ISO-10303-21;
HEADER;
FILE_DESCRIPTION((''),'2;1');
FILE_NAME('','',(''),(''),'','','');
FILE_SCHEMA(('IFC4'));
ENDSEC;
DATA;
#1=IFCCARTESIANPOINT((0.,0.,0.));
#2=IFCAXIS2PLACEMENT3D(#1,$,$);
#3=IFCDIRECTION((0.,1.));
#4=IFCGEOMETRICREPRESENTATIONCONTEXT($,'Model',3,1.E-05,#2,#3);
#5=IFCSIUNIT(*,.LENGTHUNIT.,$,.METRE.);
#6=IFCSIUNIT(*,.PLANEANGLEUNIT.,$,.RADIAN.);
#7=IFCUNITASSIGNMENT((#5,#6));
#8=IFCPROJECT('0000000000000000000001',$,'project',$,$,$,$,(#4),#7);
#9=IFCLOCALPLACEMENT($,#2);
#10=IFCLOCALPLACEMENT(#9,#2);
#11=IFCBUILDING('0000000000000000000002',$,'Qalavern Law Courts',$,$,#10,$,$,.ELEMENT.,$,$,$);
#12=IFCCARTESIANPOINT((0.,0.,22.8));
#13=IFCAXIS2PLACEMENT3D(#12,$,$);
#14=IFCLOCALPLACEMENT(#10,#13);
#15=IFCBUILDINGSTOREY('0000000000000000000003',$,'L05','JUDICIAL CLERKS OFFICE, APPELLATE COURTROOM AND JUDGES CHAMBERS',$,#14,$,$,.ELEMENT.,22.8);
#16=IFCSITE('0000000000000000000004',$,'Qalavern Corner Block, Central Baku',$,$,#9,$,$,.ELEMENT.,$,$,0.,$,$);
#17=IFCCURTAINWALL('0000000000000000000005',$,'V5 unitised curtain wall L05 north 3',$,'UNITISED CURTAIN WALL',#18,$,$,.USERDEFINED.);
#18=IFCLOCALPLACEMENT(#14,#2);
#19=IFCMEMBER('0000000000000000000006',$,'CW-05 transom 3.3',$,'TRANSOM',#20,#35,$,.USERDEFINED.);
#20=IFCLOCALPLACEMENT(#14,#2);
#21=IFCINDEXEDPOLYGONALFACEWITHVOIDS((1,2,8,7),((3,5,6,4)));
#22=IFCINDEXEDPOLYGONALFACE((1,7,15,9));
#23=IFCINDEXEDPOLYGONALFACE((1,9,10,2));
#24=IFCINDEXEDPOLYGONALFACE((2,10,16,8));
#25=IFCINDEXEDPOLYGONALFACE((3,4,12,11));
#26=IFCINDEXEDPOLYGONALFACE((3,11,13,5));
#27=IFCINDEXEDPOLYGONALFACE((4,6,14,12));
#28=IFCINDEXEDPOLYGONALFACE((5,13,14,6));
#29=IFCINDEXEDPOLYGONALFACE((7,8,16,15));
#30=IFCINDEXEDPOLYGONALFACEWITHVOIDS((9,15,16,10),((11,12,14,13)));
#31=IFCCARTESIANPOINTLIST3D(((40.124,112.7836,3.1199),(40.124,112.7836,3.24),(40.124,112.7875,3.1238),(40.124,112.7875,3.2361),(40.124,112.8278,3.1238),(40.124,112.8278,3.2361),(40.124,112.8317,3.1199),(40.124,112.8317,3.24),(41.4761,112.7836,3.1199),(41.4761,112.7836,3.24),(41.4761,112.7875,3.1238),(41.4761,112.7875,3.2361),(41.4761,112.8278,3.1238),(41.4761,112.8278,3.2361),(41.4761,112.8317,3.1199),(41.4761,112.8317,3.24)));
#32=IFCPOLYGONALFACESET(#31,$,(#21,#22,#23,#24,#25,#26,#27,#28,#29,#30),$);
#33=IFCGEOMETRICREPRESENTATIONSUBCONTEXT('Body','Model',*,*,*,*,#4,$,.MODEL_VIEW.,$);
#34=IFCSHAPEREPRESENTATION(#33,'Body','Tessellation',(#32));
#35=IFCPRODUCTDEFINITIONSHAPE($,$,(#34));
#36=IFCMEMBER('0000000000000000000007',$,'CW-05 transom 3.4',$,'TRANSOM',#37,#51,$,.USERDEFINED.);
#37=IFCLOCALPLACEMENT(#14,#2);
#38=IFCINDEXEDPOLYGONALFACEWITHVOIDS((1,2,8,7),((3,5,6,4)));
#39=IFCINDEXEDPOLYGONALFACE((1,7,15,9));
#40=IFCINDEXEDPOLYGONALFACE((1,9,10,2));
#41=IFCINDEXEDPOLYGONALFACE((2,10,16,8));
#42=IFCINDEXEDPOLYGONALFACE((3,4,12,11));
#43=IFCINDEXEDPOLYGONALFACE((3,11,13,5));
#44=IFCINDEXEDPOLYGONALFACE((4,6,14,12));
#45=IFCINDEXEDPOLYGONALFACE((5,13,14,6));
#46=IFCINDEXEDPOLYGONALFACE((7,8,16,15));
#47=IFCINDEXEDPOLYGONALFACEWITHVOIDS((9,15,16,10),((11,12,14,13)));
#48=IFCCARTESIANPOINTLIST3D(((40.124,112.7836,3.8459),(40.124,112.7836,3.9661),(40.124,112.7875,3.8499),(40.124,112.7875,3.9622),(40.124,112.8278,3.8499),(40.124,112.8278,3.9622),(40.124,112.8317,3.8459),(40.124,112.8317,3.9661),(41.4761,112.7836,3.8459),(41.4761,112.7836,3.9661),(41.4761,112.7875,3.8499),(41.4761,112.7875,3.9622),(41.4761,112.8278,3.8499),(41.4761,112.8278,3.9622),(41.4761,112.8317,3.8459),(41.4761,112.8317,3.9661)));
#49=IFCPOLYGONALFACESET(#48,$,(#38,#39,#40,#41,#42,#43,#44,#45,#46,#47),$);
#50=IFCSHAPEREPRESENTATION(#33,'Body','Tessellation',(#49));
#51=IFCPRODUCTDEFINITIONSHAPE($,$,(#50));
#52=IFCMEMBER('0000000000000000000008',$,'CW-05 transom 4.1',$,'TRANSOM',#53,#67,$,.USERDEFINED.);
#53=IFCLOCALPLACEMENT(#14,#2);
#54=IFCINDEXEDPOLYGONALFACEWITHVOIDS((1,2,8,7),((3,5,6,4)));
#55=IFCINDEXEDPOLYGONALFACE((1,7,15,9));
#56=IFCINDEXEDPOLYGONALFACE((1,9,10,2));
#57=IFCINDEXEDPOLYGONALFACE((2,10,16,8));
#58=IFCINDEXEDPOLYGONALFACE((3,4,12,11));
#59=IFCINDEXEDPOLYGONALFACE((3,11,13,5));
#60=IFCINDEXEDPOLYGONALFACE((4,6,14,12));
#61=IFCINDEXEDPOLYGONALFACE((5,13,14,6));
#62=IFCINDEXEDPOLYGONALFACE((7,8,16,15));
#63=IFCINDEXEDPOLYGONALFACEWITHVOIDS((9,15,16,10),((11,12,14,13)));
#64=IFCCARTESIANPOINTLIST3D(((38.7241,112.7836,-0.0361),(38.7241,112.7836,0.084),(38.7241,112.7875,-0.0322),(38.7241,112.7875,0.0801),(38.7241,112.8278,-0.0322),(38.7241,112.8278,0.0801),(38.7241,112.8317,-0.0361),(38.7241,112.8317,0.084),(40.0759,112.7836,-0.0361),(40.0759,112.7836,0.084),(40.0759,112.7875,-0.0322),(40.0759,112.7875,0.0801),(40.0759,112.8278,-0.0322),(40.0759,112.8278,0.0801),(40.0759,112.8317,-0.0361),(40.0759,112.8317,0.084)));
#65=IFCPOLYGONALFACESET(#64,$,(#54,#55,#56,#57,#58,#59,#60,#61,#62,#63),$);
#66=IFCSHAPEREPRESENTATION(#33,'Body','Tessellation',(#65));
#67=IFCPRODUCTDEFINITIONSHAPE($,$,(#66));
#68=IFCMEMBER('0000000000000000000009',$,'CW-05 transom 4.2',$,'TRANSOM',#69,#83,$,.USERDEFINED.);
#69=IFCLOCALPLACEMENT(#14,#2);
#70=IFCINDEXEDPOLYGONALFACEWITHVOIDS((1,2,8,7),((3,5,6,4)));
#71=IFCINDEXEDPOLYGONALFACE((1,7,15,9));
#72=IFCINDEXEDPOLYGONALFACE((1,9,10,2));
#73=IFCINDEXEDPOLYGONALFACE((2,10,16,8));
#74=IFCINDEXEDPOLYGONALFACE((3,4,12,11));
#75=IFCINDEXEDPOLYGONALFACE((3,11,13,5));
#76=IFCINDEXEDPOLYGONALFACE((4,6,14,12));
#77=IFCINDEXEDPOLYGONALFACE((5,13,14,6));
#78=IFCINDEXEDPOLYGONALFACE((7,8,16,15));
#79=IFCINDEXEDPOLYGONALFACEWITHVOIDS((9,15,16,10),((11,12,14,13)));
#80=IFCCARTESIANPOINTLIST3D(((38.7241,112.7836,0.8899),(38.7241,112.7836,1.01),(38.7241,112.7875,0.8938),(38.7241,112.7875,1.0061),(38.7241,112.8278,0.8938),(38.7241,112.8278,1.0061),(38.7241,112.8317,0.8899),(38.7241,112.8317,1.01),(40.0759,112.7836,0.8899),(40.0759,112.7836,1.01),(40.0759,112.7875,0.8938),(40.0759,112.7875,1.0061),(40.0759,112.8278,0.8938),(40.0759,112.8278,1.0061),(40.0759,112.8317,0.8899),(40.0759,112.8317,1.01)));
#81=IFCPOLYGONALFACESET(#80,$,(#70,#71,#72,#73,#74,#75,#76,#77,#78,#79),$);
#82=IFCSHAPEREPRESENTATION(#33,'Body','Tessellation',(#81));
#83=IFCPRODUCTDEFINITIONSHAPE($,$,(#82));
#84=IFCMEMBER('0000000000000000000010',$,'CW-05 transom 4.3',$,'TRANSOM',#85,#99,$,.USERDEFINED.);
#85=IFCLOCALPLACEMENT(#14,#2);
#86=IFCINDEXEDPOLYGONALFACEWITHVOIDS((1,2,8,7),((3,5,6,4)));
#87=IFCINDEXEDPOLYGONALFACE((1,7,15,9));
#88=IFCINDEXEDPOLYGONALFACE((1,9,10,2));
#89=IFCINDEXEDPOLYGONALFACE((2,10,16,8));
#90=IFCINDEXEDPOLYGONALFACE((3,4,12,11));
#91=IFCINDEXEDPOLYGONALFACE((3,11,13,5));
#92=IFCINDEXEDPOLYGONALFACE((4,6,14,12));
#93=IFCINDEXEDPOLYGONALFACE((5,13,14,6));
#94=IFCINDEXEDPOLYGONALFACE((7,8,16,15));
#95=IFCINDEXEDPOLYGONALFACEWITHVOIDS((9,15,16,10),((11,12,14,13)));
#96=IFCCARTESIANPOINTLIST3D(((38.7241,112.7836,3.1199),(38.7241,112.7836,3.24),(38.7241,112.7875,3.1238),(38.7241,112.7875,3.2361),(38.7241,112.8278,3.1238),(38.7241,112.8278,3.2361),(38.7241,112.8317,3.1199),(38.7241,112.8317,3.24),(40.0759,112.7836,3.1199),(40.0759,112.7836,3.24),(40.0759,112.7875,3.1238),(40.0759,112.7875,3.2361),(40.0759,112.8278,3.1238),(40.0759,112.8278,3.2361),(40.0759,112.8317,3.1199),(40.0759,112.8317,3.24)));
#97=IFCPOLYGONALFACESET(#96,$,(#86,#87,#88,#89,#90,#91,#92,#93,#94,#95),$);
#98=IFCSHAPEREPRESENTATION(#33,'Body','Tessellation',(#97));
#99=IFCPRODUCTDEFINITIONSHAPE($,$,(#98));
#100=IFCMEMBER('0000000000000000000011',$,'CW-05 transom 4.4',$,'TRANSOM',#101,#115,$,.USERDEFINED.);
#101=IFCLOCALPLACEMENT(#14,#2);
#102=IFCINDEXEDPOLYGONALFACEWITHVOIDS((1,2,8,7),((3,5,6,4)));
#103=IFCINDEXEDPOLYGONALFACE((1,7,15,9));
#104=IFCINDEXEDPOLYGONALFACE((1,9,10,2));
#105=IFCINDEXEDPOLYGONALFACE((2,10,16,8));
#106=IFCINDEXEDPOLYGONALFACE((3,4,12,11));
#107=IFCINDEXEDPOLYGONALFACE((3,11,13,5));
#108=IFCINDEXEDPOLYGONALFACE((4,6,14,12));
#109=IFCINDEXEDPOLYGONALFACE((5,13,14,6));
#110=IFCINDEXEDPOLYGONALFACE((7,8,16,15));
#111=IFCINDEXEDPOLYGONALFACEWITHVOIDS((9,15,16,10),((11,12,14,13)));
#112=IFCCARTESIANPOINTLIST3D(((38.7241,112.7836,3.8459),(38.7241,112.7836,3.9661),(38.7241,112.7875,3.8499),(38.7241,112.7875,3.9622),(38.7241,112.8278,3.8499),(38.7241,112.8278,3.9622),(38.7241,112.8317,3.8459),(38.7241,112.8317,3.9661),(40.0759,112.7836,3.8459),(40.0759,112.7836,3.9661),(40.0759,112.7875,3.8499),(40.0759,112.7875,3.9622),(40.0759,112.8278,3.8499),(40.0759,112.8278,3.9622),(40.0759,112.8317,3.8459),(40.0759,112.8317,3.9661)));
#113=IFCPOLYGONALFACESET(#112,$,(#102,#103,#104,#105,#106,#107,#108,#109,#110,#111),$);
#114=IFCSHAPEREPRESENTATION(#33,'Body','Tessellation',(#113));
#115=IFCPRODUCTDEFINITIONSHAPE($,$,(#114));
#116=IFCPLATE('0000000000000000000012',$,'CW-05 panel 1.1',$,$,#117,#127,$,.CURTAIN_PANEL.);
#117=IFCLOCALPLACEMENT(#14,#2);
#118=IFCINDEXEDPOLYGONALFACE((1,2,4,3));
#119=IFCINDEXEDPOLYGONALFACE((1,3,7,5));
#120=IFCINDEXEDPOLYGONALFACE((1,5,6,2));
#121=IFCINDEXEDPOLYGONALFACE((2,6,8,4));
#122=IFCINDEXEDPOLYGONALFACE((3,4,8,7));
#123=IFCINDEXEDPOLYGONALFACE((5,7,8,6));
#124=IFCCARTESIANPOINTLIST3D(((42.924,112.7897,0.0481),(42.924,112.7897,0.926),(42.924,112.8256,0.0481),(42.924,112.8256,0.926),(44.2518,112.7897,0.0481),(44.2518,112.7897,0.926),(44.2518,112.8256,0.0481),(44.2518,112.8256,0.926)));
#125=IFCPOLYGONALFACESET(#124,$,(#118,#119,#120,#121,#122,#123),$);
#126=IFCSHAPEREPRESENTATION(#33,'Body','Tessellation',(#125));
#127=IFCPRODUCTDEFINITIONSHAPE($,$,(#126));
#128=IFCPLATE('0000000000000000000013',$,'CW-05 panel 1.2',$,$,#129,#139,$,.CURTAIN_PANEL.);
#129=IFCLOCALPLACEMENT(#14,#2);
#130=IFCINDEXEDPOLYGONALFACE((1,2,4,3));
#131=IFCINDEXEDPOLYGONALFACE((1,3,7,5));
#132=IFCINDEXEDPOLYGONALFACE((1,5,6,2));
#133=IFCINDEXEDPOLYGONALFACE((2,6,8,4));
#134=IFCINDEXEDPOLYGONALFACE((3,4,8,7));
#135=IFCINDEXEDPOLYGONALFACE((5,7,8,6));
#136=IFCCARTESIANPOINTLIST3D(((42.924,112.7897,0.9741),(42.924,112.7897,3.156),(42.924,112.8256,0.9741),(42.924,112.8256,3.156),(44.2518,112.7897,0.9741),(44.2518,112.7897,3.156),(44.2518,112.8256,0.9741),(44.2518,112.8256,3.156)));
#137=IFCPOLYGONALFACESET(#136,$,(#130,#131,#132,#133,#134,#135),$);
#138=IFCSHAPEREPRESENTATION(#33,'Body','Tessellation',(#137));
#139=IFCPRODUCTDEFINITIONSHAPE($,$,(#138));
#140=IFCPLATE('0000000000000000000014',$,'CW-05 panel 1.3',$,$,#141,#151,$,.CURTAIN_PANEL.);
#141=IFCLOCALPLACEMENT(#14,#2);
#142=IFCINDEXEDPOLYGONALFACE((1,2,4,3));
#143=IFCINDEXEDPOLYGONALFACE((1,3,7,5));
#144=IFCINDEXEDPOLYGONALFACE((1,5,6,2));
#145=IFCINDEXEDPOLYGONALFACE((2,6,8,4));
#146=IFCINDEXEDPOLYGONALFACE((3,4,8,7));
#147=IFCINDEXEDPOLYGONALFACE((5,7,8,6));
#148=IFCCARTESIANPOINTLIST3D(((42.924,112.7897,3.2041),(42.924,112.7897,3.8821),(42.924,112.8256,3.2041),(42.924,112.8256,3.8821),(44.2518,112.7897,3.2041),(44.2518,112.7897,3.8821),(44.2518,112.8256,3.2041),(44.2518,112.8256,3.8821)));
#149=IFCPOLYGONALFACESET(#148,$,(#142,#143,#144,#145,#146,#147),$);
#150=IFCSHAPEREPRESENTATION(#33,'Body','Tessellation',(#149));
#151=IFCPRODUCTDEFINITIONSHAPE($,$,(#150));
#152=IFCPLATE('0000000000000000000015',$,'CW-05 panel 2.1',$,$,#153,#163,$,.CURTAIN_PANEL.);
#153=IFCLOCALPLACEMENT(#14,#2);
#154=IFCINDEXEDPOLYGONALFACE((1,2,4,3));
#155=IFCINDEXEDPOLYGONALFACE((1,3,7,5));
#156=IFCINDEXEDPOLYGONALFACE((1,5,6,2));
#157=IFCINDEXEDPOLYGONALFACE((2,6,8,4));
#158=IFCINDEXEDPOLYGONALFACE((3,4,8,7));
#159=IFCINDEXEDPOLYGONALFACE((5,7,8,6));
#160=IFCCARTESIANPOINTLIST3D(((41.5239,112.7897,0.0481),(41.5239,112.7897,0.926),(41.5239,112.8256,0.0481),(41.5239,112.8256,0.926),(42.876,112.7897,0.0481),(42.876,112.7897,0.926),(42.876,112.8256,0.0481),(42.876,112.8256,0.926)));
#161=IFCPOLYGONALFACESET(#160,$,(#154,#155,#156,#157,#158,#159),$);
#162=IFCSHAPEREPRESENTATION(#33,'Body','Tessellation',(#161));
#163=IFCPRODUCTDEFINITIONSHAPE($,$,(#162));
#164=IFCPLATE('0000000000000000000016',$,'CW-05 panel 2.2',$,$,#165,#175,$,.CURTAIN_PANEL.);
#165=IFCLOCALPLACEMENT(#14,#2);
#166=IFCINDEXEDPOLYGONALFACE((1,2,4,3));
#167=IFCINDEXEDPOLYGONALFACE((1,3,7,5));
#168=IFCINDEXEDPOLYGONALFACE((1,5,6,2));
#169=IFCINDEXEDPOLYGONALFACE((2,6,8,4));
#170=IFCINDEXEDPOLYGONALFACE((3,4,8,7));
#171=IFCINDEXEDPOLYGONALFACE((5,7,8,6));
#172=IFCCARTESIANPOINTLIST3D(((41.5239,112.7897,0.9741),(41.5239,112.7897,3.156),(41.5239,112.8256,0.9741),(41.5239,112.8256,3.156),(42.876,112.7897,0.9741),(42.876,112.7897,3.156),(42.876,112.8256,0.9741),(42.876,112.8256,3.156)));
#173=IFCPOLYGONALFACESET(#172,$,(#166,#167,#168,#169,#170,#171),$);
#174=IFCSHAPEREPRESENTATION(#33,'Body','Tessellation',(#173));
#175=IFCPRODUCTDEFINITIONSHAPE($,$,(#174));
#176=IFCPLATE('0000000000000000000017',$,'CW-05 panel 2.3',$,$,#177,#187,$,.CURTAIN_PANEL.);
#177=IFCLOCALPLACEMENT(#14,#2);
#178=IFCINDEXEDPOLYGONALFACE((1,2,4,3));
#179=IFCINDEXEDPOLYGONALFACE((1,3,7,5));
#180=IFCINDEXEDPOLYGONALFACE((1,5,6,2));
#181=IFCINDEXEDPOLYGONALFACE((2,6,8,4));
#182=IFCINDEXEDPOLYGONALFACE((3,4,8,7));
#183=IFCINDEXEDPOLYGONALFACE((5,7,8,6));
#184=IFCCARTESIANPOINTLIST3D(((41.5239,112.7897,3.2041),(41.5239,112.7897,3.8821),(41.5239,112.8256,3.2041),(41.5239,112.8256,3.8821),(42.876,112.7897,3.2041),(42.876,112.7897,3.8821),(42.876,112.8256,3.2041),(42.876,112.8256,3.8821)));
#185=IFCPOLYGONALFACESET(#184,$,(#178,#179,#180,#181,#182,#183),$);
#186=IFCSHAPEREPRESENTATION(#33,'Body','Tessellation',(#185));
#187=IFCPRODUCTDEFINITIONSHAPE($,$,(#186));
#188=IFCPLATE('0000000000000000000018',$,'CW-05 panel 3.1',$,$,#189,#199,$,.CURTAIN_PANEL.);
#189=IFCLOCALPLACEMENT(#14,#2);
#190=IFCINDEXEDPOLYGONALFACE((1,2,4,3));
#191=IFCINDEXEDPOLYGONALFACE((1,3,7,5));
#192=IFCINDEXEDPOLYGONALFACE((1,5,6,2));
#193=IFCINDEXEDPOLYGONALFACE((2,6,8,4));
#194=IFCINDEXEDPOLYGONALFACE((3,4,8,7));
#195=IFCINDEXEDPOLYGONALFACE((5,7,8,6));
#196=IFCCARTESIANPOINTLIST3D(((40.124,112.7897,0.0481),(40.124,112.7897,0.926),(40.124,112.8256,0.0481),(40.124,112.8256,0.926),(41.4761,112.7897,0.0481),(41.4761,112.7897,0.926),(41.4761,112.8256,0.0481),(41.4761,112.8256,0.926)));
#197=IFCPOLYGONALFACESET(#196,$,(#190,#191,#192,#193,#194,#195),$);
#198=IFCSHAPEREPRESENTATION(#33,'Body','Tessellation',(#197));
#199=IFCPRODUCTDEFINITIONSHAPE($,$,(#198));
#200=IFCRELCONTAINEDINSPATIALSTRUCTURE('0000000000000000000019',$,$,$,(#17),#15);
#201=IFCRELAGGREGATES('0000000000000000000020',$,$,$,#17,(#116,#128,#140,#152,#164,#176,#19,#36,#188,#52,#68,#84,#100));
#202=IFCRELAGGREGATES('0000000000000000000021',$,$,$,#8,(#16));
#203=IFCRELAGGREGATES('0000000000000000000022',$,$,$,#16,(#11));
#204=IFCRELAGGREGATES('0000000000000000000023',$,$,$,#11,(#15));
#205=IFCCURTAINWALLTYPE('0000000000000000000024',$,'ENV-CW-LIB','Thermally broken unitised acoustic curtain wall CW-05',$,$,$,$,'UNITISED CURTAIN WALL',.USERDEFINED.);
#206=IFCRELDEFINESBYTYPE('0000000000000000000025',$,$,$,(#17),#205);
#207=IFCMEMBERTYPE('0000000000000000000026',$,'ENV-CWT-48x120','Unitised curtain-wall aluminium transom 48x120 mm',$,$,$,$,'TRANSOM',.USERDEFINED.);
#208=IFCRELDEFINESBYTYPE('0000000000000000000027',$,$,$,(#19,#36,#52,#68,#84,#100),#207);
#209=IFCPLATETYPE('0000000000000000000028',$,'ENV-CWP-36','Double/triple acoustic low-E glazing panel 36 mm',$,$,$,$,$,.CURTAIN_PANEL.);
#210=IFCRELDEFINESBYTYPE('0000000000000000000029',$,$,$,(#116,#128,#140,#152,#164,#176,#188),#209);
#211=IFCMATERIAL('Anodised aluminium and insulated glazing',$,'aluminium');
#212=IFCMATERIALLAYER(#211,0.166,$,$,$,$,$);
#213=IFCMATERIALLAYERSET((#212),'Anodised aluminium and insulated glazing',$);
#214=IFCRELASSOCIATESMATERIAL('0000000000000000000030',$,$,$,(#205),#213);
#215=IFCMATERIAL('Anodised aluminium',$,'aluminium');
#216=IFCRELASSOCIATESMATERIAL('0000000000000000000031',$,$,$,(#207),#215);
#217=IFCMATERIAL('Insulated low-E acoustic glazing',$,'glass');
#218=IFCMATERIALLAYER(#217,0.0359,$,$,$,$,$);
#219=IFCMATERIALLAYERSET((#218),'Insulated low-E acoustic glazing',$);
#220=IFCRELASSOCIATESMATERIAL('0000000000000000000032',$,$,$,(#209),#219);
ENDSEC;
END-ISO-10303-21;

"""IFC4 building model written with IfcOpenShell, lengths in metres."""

from ifc_helpers import new_model, si_unit, direction, frame, origin, origin_2d, place, context, subcontext, project, spatial, rectangle, hollow_rectangle, extrude, material, layer, layer_set, material_profile, profile_set, type_object, element, aggregate, save


model = new_model("IFC4")

# Units and contexts
model_context = context("Model", 3, precision=1e-05, world=origin(), true_north=direction((0.0, 1.0)))
body_context = subcontext(model_context, "Body", "Model", "MODEL_VIEW")
ifc_project = project(units=[si_unit("LENGTHUNIT", "METRE"), si_unit("PLANEANGLEUNIT", "RADIAN")], contexts=[model_context])

# Site, building, storey
site_placement = place(None, origin())
site = spatial("IfcSite", under=ifc_project, at=site_placement, Name="Qalavern Corner Block, Central Baku", CompositionType="ELEMENT", RefElevation=0.0)
building_placement = place(site_placement, origin())
building = spatial("IfcBuilding", under=site, at=building_placement, Name="Qalavern Law Courts", CompositionType="ELEMENT")
storey_placement = place(building_placement, frame((0.0, 0.0, 22.8)))
storey = spatial("IfcBuildingStorey", under=building, at=storey_placement, Name="L05", Description="JUDICIAL CLERKS OFFICE, APPELLATE COURTROOM AND JUDGES CHAMBERS", CompositionType="ELEMENT", Elevation=22.8)

# Curtain wall, members, plates
ifc_material_1 = material(Name="Anodised aluminium and insulated glazing", Category="aluminium")
ifc_layer_1 = layer(ifc_material_1, 0.166)
ifc_layer_set_1 = layer_set([ifc_layer_1], Name="Anodised aluminium and insulated glazing")
curtain_wall_type = type_object("IfcCurtainWallType", Name="ENV-CW-LIB", Description="Thermally broken unitised acoustic curtain wall CW-05", ElementType="UNITISED CURTAIN WALL", PredefinedType="USERDEFINED", material=ifc_layer_set_1)
curtain_wall_placement = place(storey_placement, origin())
curtain_wall = element("IfcCurtainWall", 1, at=curtain_wall_placement, inside=storey, type_object=curtain_wall_type, Name="V5 unitised curtain wall L05 north 3", ObjectType="UNITISED CURTAIN WALL", PredefinedType="USERDEFINED")
ifc_material_2 = material(Name="Anodised aluminium", Category="aluminium")
ifc_material_profile_1 = material_profile(ifc_material_2, hollow_rectangle(XDim=0.0481, YDim=0.1201, WallThickness=0.0039, at=origin_2d()), Name="ALU TRANSOM 48x120")
ifc_profile_set_1 = profile_set([ifc_material_profile_1], Name="Anodised aluminium")
member_type_1 = type_object("IfcMemberType", Name="ENV-CWT-48x120", Description="Unitised curtain-wall aluminium transom 48x120 mm", ElementType="TRANSOM", PredefinedType="USERDEFINED", material=ifc_profile_set_1)
member_1_placement = place(storey_placement, frame((41.4761, 112.8076, 3.1799), z_axis=(-1.0, 0.0, 0.0), x_axis=(0.0, -1.0, 0.0)))
member_1 = element("IfcMember", 2, at=member_1_placement, type_object=member_type_1, Name="CW-05 transom 3.3", ObjectType="TRANSOM", PredefinedType="USERDEFINED", context=body_context, shape_type="SweptSolid", body=[
    extrude(hollow_rectangle(XDim=0.0481, YDim=0.1201, WallThickness=0.0039, at=origin_2d()), origin(), (0.0, 0.0, 1.0), 1.3521),
])
member_2_placement = place(storey_placement, frame((41.4761, 112.8076, 3.906), z_axis=(-1.0, 0.0, 0.0), x_axis=(0.0, -1.0, 0.0)))
member_2 = element("IfcMember", 3, at=member_2_placement, type_object=member_type_1, Name="CW-05 transom 3.4", ObjectType="TRANSOM", PredefinedType="USERDEFINED", context=body_context, shape_type="SweptSolid", body=[
    extrude(hollow_rectangle(XDim=0.0481, YDim=0.1201, WallThickness=0.0039, at=origin_2d()), origin(), (0.0, 0.0, 1.0), 1.3521),
])
member_3_placement = place(storey_placement, frame((40.0759, 112.8076, 0.0239), z_axis=(-1.0, 0.0, 0.0), x_axis=(0.0, -1.0, 0.0)))
member_3 = element("IfcMember", 4, at=member_3_placement, type_object=member_type_1, Name="CW-05 transom 4.1", ObjectType="TRANSOM", PredefinedType="USERDEFINED", context=body_context, shape_type="SweptSolid", body=[
    extrude(hollow_rectangle(XDim=0.0481, YDim=0.1201, WallThickness=0.0039, at=origin_2d()), origin(), (0.0, 0.0, 1.0), 1.3518),
])
member_4_placement = place(storey_placement, frame((40.0759, 112.8076, 0.95), z_axis=(-1.0, 0.0, 0.0), x_axis=(0.0, -1.0, 0.0)))
member_4 = element("IfcMember", 5, at=member_4_placement, type_object=member_type_1, Name="CW-05 transom 4.2", ObjectType="TRANSOM", PredefinedType="USERDEFINED", context=body_context, shape_type="SweptSolid", body=[
    extrude(hollow_rectangle(XDim=0.0481, YDim=0.1201, WallThickness=0.0039, at=origin_2d()), origin(), (0.0, 0.0, 1.0), 1.3518),
])
member_5_placement = place(storey_placement, frame((40.0759, 112.8076, 3.1799), z_axis=(-1.0, 0.0, 0.0), x_axis=(0.0, -1.0, 0.0)))
member_5 = element("IfcMember", 6, at=member_5_placement, type_object=member_type_1, Name="CW-05 transom 4.3", ObjectType="TRANSOM", PredefinedType="USERDEFINED", context=body_context, shape_type="SweptSolid", body=[
    extrude(hollow_rectangle(XDim=0.0481, YDim=0.1201, WallThickness=0.0039, at=origin_2d()), origin(), (0.0, 0.0, 1.0), 1.3518),
])
member_6_placement = place(storey_placement, frame((40.0759, 112.8076, 3.906), z_axis=(-1.0, 0.0, 0.0), x_axis=(0.0, -1.0, 0.0)))
member_6 = element("IfcMember", 7, at=member_6_placement, type_object=member_type_1, Name="CW-05 transom 4.4", ObjectType="TRANSOM", PredefinedType="USERDEFINED", context=body_context, shape_type="SweptSolid", body=[
    extrude(hollow_rectangle(XDim=0.0481, YDim=0.1201, WallThickness=0.0039, at=origin_2d()), origin(), (0.0, 0.0, 1.0), 1.3518),
])
ifc_material_3 = material(Name="Insulated low-E acoustic glazing", Category="glass")
ifc_layer_2 = layer(ifc_material_3, 0.0359)
ifc_layer_set_2 = layer_set([ifc_layer_2], Name="Insulated low-E acoustic glazing")
plate_type = type_object("IfcPlateType", Name="ENV-CWP-36", Description="Double/triple acoustic low-E glazing panel 36 mm", PredefinedType="CURTAIN_PANEL", material=ifc_layer_set_2)
plate_1_placement = place(storey_placement, frame((43.5879, 112.8076, 0.0481), z_axis=(0.0, 0.0, 1.0), x_axis=(-1.0, 0.0, 0.0)))
plate_1 = element("IfcPlate", 8, at=plate_1_placement, type_object=plate_type, Name="CW-05 panel 1.1", PredefinedType="CURTAIN_PANEL", context=body_context, shape_type="SweptSolid", body=[
    extrude(rectangle(XDim=1.3279, YDim=0.0359, at=origin_2d()), origin(), (0.0, 0.0, 1.0), 0.8779),
])
plate_2_placement = place(storey_placement, frame((43.5879, 112.8076, 0.9741), z_axis=(0.0, 0.0, 1.0), x_axis=(-1.0, 0.0, 0.0)))
plate_2 = element("IfcPlate", 9, at=plate_2_placement, type_object=plate_type, Name="CW-05 panel 1.2", PredefinedType="CURTAIN_PANEL", context=body_context, shape_type="SweptSolid", body=[
    extrude(rectangle(XDim=1.3279, YDim=0.0359, at=origin_2d()), origin(), (0.0, 0.0, 1.0), 2.1819),
])
plate_3_placement = place(storey_placement, frame((43.5879, 112.8076, 3.2041), z_axis=(0.0, 0.0, 1.0), x_axis=(-1.0, 0.0, 0.0)))
plate_3 = element("IfcPlate", 10, at=plate_3_placement, type_object=plate_type, Name="CW-05 panel 1.3", PredefinedType="CURTAIN_PANEL", context=body_context, shape_type="SweptSolid", body=[
    extrude(rectangle(XDim=1.3279, YDim=0.0359, at=origin_2d()), origin(), (0.0, 0.0, 1.0), 0.678),
])
plate_4_placement = place(storey_placement, frame((42.2, 112.8076, 0.0481), z_axis=(0.0, 0.0, 1.0), x_axis=(-1.0, 0.0, 0.0)))
plate_4 = element("IfcPlate", 11, at=plate_4_placement, type_object=plate_type, Name="CW-05 panel 2.1", PredefinedType="CURTAIN_PANEL", context=body_context, shape_type="SweptSolid", body=[
    extrude(rectangle(XDim=1.3521, YDim=0.0359, at=origin_2d()), origin(), (0.0, 0.0, 1.0), 0.8779),
])
plate_5_placement = place(storey_placement, frame((42.2, 112.8076, 0.9741), z_axis=(0.0, 0.0, 1.0), x_axis=(-1.0, 0.0, 0.0)))
plate_5 = element("IfcPlate", 12, at=plate_5_placement, type_object=plate_type, Name="CW-05 panel 2.2", PredefinedType="CURTAIN_PANEL", context=body_context, shape_type="SweptSolid", body=[
    extrude(rectangle(XDim=1.3521, YDim=0.0359, at=origin_2d()), origin(), (0.0, 0.0, 1.0), 2.1819),
])
plate_6_placement = place(storey_placement, frame((42.2, 112.8076, 3.2041), z_axis=(0.0, 0.0, 1.0), x_axis=(-1.0, 0.0, 0.0)))
plate_6 = element("IfcPlate", 13, at=plate_6_placement, type_object=plate_type, Name="CW-05 panel 2.3", PredefinedType="CURTAIN_PANEL", context=body_context, shape_type="SweptSolid", body=[
    extrude(rectangle(XDim=1.3521, YDim=0.0359, at=origin_2d()), origin(), (0.0, 0.0, 1.0), 0.678),
])
plate_7_placement = place(storey_placement, frame((40.8, 112.8076, 0.0481), z_axis=(0.0, 0.0, 1.0), x_axis=(-1.0, 0.0, 0.0)))
plate_7 = element("IfcPlate", 14, at=plate_7_placement, type_object=plate_type, Name="CW-05 panel 3.1", PredefinedType="CURTAIN_PANEL", context=body_context, shape_type="SweptSolid", body=[
    extrude(rectangle(XDim=1.3521, YDim=0.0359, at=origin_2d()), origin(), (0.0, 0.0, 1.0), 0.8779),
])
aggregate(curtain_wall, [plate_1, plate_2, plate_3, plate_4, plate_5, plate_6, member_1, member_2, plate_7, member_3, member_4, member_5, member_6])

save(model, "model.ifc")
